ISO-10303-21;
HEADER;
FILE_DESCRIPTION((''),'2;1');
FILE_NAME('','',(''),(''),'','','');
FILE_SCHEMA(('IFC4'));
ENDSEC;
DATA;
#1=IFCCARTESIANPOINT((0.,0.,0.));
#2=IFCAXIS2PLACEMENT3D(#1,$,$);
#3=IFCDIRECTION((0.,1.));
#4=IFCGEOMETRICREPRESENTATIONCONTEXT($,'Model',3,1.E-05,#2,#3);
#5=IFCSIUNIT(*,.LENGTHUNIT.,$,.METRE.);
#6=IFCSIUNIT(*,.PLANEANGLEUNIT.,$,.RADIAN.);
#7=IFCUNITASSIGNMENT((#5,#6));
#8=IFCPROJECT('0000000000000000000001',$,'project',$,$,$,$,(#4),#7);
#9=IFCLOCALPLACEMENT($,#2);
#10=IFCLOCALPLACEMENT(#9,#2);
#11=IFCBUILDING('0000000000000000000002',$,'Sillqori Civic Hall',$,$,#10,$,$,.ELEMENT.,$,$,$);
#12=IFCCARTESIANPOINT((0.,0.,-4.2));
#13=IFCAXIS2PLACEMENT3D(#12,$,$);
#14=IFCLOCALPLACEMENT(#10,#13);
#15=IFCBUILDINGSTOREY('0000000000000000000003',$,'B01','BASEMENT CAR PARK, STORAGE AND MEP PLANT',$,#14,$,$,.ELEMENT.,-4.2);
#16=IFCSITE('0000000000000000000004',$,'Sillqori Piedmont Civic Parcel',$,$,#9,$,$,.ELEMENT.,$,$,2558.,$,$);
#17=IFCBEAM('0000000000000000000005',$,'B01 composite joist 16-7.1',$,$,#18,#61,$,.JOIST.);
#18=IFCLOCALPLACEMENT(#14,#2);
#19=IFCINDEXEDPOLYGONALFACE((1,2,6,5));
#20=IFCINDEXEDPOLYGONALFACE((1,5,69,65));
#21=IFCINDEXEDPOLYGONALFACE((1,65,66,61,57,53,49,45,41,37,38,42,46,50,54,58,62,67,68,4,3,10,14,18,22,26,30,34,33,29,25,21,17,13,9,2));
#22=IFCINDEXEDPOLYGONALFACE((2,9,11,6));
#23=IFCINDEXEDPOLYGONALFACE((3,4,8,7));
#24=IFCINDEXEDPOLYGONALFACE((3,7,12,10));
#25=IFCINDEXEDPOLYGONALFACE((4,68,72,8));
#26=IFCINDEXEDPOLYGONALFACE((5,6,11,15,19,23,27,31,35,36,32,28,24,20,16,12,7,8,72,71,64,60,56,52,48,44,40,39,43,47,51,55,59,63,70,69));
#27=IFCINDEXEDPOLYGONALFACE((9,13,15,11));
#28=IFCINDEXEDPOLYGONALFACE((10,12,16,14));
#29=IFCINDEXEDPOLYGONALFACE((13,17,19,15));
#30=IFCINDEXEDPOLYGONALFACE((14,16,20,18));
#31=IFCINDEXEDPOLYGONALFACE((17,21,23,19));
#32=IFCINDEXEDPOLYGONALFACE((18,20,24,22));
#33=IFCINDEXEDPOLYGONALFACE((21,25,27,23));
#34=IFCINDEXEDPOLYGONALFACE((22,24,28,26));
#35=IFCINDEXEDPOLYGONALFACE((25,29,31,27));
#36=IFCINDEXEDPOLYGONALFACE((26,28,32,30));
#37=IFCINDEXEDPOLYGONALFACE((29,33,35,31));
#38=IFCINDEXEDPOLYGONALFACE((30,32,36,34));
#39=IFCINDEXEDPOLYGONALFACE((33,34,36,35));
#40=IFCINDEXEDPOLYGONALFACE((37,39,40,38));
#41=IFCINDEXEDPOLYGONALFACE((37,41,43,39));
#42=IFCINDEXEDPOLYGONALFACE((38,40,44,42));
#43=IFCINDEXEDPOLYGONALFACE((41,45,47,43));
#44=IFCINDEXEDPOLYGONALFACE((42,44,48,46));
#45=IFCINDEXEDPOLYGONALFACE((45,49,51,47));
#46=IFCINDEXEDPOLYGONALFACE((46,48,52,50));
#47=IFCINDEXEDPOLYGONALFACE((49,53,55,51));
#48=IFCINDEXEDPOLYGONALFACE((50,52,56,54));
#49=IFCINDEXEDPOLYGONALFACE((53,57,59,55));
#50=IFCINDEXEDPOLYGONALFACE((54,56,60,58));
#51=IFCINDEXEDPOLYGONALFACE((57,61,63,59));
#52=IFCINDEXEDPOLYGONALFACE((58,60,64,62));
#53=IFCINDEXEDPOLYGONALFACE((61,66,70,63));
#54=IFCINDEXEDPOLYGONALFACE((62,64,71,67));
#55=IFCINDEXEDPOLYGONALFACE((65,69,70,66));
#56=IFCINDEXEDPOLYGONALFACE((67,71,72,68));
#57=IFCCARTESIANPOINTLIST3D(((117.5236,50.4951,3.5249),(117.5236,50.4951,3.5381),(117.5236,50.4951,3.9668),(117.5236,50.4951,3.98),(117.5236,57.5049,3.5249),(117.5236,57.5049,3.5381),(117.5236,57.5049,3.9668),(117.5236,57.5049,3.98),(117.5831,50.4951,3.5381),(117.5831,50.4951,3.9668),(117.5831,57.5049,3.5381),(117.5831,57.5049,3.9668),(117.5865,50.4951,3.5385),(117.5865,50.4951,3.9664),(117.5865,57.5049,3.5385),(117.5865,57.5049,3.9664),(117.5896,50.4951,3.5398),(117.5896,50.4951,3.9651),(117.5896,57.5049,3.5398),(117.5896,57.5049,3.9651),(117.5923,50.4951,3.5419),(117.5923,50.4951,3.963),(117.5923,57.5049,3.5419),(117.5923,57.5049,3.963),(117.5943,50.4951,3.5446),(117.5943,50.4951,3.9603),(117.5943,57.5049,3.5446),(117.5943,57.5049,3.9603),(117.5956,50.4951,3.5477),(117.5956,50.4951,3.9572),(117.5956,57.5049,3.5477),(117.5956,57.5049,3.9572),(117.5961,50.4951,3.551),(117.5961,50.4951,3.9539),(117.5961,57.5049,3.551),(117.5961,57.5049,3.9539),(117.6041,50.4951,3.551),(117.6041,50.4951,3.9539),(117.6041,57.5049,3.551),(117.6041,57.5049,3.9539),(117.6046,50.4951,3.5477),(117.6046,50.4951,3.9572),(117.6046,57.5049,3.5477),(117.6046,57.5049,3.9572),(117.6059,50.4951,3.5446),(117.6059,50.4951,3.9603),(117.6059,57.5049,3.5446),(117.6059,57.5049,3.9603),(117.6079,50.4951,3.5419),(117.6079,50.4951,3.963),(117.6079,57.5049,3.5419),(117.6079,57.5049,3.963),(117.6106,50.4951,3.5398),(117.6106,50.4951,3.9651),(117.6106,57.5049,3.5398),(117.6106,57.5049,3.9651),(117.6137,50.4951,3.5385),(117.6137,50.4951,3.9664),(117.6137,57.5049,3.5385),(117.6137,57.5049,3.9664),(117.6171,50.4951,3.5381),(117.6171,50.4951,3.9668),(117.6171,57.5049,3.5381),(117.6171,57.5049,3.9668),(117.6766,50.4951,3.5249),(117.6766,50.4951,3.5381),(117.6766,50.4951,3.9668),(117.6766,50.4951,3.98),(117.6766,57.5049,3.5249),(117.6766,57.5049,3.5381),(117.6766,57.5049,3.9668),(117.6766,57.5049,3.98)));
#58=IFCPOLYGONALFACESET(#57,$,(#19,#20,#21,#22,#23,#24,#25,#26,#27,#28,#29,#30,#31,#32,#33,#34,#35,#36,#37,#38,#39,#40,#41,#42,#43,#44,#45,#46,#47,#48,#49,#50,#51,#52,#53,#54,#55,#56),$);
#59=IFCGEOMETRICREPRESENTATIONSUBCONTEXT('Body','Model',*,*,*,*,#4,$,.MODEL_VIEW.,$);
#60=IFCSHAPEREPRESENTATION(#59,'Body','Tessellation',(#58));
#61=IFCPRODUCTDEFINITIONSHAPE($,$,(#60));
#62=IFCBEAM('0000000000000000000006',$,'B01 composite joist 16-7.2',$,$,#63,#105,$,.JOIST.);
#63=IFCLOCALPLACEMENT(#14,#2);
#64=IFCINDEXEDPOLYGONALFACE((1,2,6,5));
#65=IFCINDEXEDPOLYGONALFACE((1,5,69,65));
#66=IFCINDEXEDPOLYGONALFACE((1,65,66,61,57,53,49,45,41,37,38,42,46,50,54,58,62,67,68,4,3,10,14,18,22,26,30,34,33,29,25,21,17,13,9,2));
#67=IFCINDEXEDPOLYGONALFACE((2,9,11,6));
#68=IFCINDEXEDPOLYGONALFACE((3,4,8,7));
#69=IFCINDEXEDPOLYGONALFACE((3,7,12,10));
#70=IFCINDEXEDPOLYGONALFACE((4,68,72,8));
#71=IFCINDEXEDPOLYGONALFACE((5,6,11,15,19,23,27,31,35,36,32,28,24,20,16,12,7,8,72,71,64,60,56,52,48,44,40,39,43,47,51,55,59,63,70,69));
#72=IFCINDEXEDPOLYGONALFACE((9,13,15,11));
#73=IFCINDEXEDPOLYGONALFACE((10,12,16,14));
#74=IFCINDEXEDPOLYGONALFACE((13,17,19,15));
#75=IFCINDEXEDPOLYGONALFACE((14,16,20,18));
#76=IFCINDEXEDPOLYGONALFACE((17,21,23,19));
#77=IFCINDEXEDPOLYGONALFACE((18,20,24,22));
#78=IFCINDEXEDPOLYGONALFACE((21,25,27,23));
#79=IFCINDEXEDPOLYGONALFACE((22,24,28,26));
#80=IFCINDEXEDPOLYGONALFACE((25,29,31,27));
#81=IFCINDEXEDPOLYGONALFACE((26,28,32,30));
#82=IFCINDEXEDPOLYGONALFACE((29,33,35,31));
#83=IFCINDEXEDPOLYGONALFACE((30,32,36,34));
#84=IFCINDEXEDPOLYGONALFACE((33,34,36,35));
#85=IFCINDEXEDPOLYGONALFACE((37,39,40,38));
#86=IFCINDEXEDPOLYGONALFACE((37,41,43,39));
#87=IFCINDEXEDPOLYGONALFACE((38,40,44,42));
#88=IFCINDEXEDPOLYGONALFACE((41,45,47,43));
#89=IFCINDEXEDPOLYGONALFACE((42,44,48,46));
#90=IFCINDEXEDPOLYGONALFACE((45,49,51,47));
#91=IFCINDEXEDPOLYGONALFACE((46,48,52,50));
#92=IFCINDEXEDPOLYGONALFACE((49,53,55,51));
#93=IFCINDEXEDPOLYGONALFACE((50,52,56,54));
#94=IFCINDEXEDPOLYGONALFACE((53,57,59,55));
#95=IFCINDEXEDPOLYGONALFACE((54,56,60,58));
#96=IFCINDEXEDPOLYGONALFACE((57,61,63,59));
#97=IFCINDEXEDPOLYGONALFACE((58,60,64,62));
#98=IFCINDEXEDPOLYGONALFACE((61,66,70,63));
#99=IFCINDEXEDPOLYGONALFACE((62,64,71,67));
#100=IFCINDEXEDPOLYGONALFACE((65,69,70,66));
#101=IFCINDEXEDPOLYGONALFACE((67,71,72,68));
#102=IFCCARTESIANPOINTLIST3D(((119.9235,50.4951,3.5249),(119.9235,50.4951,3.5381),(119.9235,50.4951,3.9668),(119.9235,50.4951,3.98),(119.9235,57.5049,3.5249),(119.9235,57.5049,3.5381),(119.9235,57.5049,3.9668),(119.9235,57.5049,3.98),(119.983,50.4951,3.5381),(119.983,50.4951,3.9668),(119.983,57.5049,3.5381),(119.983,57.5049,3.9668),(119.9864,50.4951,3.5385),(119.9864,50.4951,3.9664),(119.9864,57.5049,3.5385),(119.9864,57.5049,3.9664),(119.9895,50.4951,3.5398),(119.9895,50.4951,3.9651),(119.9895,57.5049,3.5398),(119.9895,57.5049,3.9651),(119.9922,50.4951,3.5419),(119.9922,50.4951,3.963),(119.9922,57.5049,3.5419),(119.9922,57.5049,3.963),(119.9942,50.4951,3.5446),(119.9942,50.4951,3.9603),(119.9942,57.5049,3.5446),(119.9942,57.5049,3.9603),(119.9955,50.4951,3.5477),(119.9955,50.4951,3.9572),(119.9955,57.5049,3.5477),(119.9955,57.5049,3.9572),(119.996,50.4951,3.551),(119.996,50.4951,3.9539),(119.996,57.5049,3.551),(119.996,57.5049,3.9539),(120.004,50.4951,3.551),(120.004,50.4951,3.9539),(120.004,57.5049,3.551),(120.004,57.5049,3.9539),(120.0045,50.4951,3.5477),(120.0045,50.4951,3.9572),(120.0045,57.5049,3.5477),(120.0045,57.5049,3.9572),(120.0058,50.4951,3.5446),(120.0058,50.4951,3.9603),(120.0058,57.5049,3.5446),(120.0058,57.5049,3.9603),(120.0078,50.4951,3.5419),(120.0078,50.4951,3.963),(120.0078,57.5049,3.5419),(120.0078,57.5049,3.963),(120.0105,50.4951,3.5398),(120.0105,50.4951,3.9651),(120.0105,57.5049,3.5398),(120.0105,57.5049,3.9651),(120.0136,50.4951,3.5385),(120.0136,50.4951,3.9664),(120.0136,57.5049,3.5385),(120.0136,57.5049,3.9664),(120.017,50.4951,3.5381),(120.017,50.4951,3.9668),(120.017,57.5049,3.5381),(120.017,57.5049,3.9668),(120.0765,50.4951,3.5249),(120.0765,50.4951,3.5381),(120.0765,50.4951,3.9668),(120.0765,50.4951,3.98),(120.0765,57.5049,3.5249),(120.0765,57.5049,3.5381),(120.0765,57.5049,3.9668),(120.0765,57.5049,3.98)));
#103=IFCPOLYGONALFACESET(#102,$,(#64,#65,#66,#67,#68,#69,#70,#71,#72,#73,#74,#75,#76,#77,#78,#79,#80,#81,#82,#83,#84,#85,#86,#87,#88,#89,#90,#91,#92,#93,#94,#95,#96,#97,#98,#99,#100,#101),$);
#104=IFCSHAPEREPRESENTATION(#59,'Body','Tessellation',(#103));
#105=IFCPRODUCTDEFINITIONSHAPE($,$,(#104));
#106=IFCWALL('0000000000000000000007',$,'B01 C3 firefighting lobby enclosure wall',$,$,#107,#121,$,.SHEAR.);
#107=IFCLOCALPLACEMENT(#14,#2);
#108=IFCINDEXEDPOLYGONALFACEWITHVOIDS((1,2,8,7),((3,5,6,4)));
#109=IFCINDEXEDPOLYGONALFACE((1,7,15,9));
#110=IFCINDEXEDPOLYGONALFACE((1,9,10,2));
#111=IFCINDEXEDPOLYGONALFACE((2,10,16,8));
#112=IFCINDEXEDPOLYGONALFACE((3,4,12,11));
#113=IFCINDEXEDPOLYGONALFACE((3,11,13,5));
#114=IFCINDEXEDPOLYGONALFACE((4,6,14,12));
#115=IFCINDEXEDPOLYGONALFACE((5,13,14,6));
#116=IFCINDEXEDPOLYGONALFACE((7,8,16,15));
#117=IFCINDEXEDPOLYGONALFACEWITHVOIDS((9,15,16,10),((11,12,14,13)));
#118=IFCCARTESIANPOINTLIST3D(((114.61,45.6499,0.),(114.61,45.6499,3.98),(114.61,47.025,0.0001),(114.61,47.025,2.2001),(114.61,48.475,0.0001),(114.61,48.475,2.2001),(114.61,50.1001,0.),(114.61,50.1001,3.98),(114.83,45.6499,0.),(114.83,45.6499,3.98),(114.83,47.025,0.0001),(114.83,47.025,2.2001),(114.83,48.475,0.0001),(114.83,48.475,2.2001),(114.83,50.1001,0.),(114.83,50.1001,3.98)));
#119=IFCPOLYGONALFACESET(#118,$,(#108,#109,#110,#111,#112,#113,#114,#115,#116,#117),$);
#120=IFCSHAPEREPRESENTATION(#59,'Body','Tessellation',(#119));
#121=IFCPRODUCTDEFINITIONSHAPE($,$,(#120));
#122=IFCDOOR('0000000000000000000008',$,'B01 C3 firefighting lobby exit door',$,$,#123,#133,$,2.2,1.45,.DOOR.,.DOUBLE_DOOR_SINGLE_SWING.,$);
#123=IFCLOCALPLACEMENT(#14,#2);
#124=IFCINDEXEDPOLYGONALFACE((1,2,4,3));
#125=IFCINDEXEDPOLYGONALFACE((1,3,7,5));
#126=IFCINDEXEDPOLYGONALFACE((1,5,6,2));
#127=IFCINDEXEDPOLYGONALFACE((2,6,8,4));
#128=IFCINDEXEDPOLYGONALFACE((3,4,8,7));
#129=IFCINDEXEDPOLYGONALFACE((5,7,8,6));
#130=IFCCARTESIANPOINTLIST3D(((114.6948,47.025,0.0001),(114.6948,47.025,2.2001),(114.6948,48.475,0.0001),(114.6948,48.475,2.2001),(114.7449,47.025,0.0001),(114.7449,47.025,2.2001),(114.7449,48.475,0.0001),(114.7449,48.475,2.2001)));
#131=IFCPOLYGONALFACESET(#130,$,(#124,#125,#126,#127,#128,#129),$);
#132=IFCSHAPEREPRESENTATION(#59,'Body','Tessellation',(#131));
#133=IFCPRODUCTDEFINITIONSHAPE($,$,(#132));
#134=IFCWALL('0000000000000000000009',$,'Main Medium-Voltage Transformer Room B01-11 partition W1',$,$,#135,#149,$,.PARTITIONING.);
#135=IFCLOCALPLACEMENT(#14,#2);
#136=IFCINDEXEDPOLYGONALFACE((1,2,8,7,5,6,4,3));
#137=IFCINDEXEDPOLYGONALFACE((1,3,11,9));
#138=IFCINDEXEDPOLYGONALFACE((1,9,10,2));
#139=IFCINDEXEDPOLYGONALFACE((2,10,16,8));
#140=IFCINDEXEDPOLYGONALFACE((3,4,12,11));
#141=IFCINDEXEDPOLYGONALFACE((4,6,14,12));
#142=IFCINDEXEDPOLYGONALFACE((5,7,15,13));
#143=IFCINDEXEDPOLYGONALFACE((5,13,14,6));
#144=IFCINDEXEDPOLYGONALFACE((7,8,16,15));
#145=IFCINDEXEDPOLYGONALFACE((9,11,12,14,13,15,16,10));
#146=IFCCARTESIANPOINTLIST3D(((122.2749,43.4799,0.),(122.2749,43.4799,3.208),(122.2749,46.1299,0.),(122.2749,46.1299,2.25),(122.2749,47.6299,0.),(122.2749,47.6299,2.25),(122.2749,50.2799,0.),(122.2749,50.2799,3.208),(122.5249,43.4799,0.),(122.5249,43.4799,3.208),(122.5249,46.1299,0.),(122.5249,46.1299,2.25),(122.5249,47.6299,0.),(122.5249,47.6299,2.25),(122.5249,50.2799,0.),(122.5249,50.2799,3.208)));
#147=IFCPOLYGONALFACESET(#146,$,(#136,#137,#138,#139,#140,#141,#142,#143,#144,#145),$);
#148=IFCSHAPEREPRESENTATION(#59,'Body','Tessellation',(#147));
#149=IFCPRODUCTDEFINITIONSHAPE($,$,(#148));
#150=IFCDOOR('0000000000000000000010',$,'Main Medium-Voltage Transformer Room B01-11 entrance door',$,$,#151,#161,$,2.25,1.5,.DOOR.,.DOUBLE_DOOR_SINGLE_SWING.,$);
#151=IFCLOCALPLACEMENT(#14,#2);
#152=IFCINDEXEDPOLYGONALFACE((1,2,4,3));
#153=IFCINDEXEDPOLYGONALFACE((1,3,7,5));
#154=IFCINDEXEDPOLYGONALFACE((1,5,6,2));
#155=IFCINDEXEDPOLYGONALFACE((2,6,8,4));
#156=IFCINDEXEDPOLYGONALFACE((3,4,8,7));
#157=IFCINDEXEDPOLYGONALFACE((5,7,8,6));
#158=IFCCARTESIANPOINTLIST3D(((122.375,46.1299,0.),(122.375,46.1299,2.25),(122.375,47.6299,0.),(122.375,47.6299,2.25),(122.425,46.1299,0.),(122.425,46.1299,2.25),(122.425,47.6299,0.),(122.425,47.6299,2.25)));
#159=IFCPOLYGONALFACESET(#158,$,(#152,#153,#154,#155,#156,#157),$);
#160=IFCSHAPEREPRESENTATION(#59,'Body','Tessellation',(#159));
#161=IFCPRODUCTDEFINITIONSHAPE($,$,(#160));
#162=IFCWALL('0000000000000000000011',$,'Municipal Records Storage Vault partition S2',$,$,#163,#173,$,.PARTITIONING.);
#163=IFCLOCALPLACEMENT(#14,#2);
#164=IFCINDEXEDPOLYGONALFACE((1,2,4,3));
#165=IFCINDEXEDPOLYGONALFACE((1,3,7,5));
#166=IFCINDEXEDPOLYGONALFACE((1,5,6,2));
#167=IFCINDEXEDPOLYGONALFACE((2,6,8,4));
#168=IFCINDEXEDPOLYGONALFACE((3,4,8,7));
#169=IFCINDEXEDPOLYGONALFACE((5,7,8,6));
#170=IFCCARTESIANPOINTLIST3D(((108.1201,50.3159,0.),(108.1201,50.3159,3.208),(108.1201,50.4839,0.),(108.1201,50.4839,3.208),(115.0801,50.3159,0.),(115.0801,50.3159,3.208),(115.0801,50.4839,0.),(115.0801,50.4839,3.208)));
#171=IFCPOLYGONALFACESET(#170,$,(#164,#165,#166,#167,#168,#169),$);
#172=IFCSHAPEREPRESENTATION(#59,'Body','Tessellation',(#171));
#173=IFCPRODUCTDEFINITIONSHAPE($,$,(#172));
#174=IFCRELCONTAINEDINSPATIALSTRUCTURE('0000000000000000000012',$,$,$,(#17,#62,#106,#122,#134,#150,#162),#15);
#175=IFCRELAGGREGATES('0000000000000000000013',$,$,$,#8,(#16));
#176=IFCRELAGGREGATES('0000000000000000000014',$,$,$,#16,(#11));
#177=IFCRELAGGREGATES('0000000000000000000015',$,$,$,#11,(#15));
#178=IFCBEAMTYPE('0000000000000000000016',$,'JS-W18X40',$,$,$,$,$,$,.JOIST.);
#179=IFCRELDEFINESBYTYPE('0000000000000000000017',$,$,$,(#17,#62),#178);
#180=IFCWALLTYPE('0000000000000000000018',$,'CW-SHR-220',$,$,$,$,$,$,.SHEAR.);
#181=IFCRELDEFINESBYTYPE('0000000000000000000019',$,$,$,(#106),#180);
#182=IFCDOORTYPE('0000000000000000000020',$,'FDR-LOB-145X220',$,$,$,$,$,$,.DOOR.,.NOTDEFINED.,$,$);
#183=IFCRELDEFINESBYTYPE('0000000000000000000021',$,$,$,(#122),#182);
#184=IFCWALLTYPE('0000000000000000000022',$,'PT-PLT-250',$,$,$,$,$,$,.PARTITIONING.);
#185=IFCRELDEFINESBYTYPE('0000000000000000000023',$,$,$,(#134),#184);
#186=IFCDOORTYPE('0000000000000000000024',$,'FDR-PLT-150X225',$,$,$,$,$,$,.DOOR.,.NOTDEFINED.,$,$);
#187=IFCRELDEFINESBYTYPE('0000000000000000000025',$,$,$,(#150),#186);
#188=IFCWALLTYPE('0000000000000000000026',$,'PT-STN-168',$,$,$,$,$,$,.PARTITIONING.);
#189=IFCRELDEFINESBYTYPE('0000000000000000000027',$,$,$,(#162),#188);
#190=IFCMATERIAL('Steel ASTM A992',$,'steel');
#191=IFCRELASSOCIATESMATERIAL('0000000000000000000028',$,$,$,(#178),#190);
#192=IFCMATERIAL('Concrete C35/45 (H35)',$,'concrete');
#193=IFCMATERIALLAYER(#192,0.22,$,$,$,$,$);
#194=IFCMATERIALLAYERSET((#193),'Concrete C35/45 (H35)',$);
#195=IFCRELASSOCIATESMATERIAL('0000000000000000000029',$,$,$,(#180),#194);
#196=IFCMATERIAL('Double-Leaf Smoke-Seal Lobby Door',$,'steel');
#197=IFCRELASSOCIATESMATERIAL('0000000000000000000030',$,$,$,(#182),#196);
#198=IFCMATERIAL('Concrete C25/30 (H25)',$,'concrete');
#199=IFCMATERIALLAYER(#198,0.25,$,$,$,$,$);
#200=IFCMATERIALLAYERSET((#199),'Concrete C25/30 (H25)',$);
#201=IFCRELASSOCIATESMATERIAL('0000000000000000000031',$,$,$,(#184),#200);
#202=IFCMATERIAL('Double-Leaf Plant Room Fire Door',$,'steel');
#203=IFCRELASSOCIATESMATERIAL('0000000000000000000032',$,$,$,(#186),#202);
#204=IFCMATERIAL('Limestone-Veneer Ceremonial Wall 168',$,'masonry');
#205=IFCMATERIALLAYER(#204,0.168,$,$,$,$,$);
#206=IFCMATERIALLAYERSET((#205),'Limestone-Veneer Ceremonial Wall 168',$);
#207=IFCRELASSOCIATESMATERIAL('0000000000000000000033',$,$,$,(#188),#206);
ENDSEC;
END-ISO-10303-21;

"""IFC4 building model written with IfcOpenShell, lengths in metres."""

from ifc_helpers import new_model, si_unit, direction, frame, frame_2d, origin, origin_2d, place, context, subcontext, project, spatial, rectangle, i_section, extrude, material, layer, layer_set, material_profile, profile_set, type_object, element, fill, save


model = new_model("IFC4")

# Units and contexts
model_context = context("Model", 3, precision=1e-05, world=origin(), true_north=direction((0.0, 1.0)))
body_context = subcontext(model_context, "Body", "Model", "MODEL_VIEW")
ifc_project = project(units=[si_unit("LENGTHUNIT", "METRE"), si_unit("PLANEANGLEUNIT", "RADIAN")], contexts=[model_context])

# Site, building, storey
site_placement = place(None, origin())
site = spatial("IfcSite", under=ifc_project, at=site_placement, Name="Sillqori Piedmont Civic Parcel", CompositionType="ELEMENT", RefElevation=2558.0)
building_placement = place(site_placement, origin())
building = spatial("IfcBuilding", under=site, at=building_placement, Name="Sillqori Civic Hall", CompositionType="ELEMENT")
storey_placement = place(building_placement, frame((0.0, 0.0, -4.2)))
storey = spatial("IfcBuildingStorey", under=building, at=storey_placement, Name="B01", Description="BASEMENT CAR PARK, STORAGE AND MEP PLANT", CompositionType="ELEMENT", Elevation=-4.2)

# Shared definitions
ifc_material_1 = material(Name="Concrete C35/45 (H35)", Category="concrete")

# Beams
ifc_material_2 = material(Name="Steel ASTM A992", Category="steel")
ifc_material_profile_1 = material_profile(ifc_material_2, i_section(OverallWidth=0.1531, OverallDepth=0.4551, WebThickness=0.0081, FlangeThickness=0.0132, FilletRadius=0.0129, at=origin_2d()), Name="W18X40")
ifc_profile_set_1 = profile_set([ifc_material_profile_1], Name="Steel ASTM A992")
beam_type_1 = type_object("IfcBeamType", Name="JS-W18X40", PredefinedType="JOIST", material=ifc_profile_set_1)
for number, where, z_axis, x_axis, name in (
    (1, (117.6001, 50.4951, 3.7524), (0.0, 1.0, 0.0), (-1.0, 0.0, 0.0), "B01 composite joist 16-7.1"),
    (2, (120.0, 50.4951, 3.7524), (0.0, 1.0, 0.0), (-1.0, 0.0, 0.0), "B01 composite joist 16-7.2"),
):
    element("IfcBeam", number, at=place(storey_placement, frame(where, z_axis=z_axis, x_axis=x_axis)), inside=storey, type_object=beam_type_1, Name=name, PredefinedType="JOIST", context=body_context, shape_type="SweptSolid", body=[
        extrude(i_section(OverallWidth=0.1531, OverallDepth=0.4551, WebThickness=0.0081, FlangeThickness=0.0132, FilletRadius=0.0129, at=origin_2d()), origin(), (0.0, 0.0, 1.0), 7.0098),
    ])

# Walls, openings, doors
ifc_layer_1 = layer(ifc_material_1, 0.22)
ifc_layer_set_1 = layer_set([ifc_layer_1], Name="Concrete C35/45 (H35)")
wall_type_1 = type_object("IfcWallType", Name="CW-SHR-220", PredefinedType="SHEAR", material=ifc_layer_set_1)
wall_1_placement = place(storey_placement, frame((114.72, 50.1001, 0.0), z_axis=(0.0, 0.0, 1.0), x_axis=(0.0, -1.0, 0.0)))
wall_1 = element("IfcWall", 3, at=wall_1_placement, inside=storey, type_object=wall_type_1, Name="B01 C3 firefighting lobby enclosure wall", PredefinedType="SHEAR", context=body_context, shape_type="SweptSolid", body=[
    extrude(rectangle(XDim=4.4502, YDim=0.22, at=frame_2d((2.2251, 0.0))), origin(), (0.0, 0.0, 1.0), 3.98),
])
opening_1_placement = place(wall_1_placement, frame((1.625, 0.0, 0.0)))
opening_1 = element("IfcOpeningElement", 4, at=opening_1_placement, cuts=wall_1, PredefinedType="OPENING", context=body_context, shape_type="SweptSolid", body=[
    extrude(rectangle(XDim=1.45, YDim=2.2, at=frame_2d((0.7251, 1.1001))), frame((0.0, 0.1199, 0.0), z_axis=(0.0, -1.0, 0.0), x_axis=(1.0, 0.0, 0.0)), (0.0, 0.0, 1.0), 0.24),
])
ifc_material_3 = material(Name="Double-Leaf Smoke-Seal Lobby Door", Category="steel")
door_type_1 = type_object("IfcDoorType", Name="FDR-LOB-145X220", OperationType="NOTDEFINED", PredefinedType="DOOR", material=ifc_material_3)
door_1_placement = place(opening_1_placement, origin())
door_1 = element("IfcDoor", 5, at=door_1_placement, inside=storey, type_object=door_type_1, Name="B01 C3 firefighting lobby exit door", OperationType="DOUBLE_DOOR_SINGLE_SWING", OverallHeight=2.2, OverallWidth=1.45, PredefinedType="DOOR", context=body_context, shape_type="SweptSolid", body=[
    extrude(rectangle(XDim=1.45, YDim=2.2, at=frame_2d((0.7251, 1.1001))), frame((0.0, 0.0249, 0.0), z_axis=(0.0, -1.0, 0.0), x_axis=(1.0, 0.0, 0.0)), (0.0, 0.0, 1.0), 0.05),
])
fill(opening_1, door_1)
ifc_material_4 = material(Name="Concrete C25/30 (H25)", Category="concrete")
ifc_layer_2 = layer(ifc_material_4, 0.25)
ifc_layer_set_2 = layer_set([ifc_layer_2], Name="Concrete C25/30 (H25)")
wall_type_2 = type_object("IfcWallType", Name="PT-PLT-250", PredefinedType="PARTITIONING", material=ifc_layer_set_2)
wall_2_placement = place(storey_placement, frame((122.3999, 43.48, 0.0), z_axis=(0.0, 0.0, 1.0), x_axis=(0.0, 1.0, 0.0)))
wall_2 = element("IfcWall", 6, at=wall_2_placement, inside=storey, type_object=wall_type_2, Name="Main Medium-Voltage Transformer Room B01-11 partition W1", PredefinedType="PARTITIONING", context=body_context, shape_type="SweptSolid", body=[
    extrude(rectangle(XDim=6.8, YDim=0.25, at=frame_2d((3.3999, 0.0))), origin(), (0.0, 0.0, 1.0), 3.208),
])
opening_2_placement = place(wall_2_placement, frame((2.6499, 0.0, 0.0)))
opening_2 = element("IfcOpeningElement", 7, at=opening_2_placement, cuts=wall_2, PredefinedType="OPENING", context=body_context, shape_type="SweptSolid", body=[
    extrude(rectangle(XDim=1.5, YDim=2.25, at=frame_2d((0.75, 1.125))), frame((0.0, 0.135, 0.0), z_axis=(0.0, -1.0, 0.0), x_axis=(1.0, 0.0, 0.0)), (0.0, 0.0, 1.0), 0.27),
])
ifc_material_5 = material(Name="Double-Leaf Plant Room Fire Door", Category="steel")
door_type_2 = type_object("IfcDoorType", Name="FDR-PLT-150X225", OperationType="NOTDEFINED", PredefinedType="DOOR", material=ifc_material_5)
door_2_placement = place(opening_2_placement, origin())
door_2 = element("IfcDoor", 8, at=door_2_placement, inside=storey, type_object=door_type_2, Name="Main Medium-Voltage Transformer Room B01-11 entrance door", OperationType="DOUBLE_DOOR_SINGLE_SWING", OverallHeight=2.25, OverallWidth=1.5, PredefinedType="DOOR", context=body_context, shape_type="SweptSolid", body=[
    extrude(rectangle(XDim=1.5, YDim=2.25, at=frame_2d((0.75, 1.125))), frame((0.0, 0.0249, 0.0), z_axis=(0.0, -1.0, 0.0), x_axis=(1.0, 0.0, 0.0)), (0.0, 0.0, 1.0), 0.05),
])
fill(opening_2, door_2)

# Wall
ifc_material_6 = material(Name="Limestone-Veneer Ceremonial Wall 168", Category="masonry")
ifc_layer_3 = layer(ifc_material_6, 0.168)
ifc_layer_set_3 = layer_set([ifc_layer_3], Name="Limestone-Veneer Ceremonial Wall 168")
wall_type_3 = type_object("IfcWallType", Name="PT-STN-168", PredefinedType="PARTITIONING", material=ifc_layer_set_3)
wall_3_placement = place(storey_placement, frame((115.0801, 50.3999, 0.0), z_axis=(0.0, 0.0, 1.0), x_axis=(-1.0, 0.0, 0.0)))
element("IfcWall", 9, at=wall_3_placement, inside=storey, type_object=wall_type_3, Name="Municipal Records Storage Vault partition S2", PredefinedType="PARTITIONING", context=body_context, shape_type="SweptSolid", body=[
    extrude(rectangle(XDim=6.96, YDim=0.168, at=frame_2d((3.48, 0.0))), origin(), (0.0, 0.0, 1.0), 3.208),
])

save(model, "model.ifc")
